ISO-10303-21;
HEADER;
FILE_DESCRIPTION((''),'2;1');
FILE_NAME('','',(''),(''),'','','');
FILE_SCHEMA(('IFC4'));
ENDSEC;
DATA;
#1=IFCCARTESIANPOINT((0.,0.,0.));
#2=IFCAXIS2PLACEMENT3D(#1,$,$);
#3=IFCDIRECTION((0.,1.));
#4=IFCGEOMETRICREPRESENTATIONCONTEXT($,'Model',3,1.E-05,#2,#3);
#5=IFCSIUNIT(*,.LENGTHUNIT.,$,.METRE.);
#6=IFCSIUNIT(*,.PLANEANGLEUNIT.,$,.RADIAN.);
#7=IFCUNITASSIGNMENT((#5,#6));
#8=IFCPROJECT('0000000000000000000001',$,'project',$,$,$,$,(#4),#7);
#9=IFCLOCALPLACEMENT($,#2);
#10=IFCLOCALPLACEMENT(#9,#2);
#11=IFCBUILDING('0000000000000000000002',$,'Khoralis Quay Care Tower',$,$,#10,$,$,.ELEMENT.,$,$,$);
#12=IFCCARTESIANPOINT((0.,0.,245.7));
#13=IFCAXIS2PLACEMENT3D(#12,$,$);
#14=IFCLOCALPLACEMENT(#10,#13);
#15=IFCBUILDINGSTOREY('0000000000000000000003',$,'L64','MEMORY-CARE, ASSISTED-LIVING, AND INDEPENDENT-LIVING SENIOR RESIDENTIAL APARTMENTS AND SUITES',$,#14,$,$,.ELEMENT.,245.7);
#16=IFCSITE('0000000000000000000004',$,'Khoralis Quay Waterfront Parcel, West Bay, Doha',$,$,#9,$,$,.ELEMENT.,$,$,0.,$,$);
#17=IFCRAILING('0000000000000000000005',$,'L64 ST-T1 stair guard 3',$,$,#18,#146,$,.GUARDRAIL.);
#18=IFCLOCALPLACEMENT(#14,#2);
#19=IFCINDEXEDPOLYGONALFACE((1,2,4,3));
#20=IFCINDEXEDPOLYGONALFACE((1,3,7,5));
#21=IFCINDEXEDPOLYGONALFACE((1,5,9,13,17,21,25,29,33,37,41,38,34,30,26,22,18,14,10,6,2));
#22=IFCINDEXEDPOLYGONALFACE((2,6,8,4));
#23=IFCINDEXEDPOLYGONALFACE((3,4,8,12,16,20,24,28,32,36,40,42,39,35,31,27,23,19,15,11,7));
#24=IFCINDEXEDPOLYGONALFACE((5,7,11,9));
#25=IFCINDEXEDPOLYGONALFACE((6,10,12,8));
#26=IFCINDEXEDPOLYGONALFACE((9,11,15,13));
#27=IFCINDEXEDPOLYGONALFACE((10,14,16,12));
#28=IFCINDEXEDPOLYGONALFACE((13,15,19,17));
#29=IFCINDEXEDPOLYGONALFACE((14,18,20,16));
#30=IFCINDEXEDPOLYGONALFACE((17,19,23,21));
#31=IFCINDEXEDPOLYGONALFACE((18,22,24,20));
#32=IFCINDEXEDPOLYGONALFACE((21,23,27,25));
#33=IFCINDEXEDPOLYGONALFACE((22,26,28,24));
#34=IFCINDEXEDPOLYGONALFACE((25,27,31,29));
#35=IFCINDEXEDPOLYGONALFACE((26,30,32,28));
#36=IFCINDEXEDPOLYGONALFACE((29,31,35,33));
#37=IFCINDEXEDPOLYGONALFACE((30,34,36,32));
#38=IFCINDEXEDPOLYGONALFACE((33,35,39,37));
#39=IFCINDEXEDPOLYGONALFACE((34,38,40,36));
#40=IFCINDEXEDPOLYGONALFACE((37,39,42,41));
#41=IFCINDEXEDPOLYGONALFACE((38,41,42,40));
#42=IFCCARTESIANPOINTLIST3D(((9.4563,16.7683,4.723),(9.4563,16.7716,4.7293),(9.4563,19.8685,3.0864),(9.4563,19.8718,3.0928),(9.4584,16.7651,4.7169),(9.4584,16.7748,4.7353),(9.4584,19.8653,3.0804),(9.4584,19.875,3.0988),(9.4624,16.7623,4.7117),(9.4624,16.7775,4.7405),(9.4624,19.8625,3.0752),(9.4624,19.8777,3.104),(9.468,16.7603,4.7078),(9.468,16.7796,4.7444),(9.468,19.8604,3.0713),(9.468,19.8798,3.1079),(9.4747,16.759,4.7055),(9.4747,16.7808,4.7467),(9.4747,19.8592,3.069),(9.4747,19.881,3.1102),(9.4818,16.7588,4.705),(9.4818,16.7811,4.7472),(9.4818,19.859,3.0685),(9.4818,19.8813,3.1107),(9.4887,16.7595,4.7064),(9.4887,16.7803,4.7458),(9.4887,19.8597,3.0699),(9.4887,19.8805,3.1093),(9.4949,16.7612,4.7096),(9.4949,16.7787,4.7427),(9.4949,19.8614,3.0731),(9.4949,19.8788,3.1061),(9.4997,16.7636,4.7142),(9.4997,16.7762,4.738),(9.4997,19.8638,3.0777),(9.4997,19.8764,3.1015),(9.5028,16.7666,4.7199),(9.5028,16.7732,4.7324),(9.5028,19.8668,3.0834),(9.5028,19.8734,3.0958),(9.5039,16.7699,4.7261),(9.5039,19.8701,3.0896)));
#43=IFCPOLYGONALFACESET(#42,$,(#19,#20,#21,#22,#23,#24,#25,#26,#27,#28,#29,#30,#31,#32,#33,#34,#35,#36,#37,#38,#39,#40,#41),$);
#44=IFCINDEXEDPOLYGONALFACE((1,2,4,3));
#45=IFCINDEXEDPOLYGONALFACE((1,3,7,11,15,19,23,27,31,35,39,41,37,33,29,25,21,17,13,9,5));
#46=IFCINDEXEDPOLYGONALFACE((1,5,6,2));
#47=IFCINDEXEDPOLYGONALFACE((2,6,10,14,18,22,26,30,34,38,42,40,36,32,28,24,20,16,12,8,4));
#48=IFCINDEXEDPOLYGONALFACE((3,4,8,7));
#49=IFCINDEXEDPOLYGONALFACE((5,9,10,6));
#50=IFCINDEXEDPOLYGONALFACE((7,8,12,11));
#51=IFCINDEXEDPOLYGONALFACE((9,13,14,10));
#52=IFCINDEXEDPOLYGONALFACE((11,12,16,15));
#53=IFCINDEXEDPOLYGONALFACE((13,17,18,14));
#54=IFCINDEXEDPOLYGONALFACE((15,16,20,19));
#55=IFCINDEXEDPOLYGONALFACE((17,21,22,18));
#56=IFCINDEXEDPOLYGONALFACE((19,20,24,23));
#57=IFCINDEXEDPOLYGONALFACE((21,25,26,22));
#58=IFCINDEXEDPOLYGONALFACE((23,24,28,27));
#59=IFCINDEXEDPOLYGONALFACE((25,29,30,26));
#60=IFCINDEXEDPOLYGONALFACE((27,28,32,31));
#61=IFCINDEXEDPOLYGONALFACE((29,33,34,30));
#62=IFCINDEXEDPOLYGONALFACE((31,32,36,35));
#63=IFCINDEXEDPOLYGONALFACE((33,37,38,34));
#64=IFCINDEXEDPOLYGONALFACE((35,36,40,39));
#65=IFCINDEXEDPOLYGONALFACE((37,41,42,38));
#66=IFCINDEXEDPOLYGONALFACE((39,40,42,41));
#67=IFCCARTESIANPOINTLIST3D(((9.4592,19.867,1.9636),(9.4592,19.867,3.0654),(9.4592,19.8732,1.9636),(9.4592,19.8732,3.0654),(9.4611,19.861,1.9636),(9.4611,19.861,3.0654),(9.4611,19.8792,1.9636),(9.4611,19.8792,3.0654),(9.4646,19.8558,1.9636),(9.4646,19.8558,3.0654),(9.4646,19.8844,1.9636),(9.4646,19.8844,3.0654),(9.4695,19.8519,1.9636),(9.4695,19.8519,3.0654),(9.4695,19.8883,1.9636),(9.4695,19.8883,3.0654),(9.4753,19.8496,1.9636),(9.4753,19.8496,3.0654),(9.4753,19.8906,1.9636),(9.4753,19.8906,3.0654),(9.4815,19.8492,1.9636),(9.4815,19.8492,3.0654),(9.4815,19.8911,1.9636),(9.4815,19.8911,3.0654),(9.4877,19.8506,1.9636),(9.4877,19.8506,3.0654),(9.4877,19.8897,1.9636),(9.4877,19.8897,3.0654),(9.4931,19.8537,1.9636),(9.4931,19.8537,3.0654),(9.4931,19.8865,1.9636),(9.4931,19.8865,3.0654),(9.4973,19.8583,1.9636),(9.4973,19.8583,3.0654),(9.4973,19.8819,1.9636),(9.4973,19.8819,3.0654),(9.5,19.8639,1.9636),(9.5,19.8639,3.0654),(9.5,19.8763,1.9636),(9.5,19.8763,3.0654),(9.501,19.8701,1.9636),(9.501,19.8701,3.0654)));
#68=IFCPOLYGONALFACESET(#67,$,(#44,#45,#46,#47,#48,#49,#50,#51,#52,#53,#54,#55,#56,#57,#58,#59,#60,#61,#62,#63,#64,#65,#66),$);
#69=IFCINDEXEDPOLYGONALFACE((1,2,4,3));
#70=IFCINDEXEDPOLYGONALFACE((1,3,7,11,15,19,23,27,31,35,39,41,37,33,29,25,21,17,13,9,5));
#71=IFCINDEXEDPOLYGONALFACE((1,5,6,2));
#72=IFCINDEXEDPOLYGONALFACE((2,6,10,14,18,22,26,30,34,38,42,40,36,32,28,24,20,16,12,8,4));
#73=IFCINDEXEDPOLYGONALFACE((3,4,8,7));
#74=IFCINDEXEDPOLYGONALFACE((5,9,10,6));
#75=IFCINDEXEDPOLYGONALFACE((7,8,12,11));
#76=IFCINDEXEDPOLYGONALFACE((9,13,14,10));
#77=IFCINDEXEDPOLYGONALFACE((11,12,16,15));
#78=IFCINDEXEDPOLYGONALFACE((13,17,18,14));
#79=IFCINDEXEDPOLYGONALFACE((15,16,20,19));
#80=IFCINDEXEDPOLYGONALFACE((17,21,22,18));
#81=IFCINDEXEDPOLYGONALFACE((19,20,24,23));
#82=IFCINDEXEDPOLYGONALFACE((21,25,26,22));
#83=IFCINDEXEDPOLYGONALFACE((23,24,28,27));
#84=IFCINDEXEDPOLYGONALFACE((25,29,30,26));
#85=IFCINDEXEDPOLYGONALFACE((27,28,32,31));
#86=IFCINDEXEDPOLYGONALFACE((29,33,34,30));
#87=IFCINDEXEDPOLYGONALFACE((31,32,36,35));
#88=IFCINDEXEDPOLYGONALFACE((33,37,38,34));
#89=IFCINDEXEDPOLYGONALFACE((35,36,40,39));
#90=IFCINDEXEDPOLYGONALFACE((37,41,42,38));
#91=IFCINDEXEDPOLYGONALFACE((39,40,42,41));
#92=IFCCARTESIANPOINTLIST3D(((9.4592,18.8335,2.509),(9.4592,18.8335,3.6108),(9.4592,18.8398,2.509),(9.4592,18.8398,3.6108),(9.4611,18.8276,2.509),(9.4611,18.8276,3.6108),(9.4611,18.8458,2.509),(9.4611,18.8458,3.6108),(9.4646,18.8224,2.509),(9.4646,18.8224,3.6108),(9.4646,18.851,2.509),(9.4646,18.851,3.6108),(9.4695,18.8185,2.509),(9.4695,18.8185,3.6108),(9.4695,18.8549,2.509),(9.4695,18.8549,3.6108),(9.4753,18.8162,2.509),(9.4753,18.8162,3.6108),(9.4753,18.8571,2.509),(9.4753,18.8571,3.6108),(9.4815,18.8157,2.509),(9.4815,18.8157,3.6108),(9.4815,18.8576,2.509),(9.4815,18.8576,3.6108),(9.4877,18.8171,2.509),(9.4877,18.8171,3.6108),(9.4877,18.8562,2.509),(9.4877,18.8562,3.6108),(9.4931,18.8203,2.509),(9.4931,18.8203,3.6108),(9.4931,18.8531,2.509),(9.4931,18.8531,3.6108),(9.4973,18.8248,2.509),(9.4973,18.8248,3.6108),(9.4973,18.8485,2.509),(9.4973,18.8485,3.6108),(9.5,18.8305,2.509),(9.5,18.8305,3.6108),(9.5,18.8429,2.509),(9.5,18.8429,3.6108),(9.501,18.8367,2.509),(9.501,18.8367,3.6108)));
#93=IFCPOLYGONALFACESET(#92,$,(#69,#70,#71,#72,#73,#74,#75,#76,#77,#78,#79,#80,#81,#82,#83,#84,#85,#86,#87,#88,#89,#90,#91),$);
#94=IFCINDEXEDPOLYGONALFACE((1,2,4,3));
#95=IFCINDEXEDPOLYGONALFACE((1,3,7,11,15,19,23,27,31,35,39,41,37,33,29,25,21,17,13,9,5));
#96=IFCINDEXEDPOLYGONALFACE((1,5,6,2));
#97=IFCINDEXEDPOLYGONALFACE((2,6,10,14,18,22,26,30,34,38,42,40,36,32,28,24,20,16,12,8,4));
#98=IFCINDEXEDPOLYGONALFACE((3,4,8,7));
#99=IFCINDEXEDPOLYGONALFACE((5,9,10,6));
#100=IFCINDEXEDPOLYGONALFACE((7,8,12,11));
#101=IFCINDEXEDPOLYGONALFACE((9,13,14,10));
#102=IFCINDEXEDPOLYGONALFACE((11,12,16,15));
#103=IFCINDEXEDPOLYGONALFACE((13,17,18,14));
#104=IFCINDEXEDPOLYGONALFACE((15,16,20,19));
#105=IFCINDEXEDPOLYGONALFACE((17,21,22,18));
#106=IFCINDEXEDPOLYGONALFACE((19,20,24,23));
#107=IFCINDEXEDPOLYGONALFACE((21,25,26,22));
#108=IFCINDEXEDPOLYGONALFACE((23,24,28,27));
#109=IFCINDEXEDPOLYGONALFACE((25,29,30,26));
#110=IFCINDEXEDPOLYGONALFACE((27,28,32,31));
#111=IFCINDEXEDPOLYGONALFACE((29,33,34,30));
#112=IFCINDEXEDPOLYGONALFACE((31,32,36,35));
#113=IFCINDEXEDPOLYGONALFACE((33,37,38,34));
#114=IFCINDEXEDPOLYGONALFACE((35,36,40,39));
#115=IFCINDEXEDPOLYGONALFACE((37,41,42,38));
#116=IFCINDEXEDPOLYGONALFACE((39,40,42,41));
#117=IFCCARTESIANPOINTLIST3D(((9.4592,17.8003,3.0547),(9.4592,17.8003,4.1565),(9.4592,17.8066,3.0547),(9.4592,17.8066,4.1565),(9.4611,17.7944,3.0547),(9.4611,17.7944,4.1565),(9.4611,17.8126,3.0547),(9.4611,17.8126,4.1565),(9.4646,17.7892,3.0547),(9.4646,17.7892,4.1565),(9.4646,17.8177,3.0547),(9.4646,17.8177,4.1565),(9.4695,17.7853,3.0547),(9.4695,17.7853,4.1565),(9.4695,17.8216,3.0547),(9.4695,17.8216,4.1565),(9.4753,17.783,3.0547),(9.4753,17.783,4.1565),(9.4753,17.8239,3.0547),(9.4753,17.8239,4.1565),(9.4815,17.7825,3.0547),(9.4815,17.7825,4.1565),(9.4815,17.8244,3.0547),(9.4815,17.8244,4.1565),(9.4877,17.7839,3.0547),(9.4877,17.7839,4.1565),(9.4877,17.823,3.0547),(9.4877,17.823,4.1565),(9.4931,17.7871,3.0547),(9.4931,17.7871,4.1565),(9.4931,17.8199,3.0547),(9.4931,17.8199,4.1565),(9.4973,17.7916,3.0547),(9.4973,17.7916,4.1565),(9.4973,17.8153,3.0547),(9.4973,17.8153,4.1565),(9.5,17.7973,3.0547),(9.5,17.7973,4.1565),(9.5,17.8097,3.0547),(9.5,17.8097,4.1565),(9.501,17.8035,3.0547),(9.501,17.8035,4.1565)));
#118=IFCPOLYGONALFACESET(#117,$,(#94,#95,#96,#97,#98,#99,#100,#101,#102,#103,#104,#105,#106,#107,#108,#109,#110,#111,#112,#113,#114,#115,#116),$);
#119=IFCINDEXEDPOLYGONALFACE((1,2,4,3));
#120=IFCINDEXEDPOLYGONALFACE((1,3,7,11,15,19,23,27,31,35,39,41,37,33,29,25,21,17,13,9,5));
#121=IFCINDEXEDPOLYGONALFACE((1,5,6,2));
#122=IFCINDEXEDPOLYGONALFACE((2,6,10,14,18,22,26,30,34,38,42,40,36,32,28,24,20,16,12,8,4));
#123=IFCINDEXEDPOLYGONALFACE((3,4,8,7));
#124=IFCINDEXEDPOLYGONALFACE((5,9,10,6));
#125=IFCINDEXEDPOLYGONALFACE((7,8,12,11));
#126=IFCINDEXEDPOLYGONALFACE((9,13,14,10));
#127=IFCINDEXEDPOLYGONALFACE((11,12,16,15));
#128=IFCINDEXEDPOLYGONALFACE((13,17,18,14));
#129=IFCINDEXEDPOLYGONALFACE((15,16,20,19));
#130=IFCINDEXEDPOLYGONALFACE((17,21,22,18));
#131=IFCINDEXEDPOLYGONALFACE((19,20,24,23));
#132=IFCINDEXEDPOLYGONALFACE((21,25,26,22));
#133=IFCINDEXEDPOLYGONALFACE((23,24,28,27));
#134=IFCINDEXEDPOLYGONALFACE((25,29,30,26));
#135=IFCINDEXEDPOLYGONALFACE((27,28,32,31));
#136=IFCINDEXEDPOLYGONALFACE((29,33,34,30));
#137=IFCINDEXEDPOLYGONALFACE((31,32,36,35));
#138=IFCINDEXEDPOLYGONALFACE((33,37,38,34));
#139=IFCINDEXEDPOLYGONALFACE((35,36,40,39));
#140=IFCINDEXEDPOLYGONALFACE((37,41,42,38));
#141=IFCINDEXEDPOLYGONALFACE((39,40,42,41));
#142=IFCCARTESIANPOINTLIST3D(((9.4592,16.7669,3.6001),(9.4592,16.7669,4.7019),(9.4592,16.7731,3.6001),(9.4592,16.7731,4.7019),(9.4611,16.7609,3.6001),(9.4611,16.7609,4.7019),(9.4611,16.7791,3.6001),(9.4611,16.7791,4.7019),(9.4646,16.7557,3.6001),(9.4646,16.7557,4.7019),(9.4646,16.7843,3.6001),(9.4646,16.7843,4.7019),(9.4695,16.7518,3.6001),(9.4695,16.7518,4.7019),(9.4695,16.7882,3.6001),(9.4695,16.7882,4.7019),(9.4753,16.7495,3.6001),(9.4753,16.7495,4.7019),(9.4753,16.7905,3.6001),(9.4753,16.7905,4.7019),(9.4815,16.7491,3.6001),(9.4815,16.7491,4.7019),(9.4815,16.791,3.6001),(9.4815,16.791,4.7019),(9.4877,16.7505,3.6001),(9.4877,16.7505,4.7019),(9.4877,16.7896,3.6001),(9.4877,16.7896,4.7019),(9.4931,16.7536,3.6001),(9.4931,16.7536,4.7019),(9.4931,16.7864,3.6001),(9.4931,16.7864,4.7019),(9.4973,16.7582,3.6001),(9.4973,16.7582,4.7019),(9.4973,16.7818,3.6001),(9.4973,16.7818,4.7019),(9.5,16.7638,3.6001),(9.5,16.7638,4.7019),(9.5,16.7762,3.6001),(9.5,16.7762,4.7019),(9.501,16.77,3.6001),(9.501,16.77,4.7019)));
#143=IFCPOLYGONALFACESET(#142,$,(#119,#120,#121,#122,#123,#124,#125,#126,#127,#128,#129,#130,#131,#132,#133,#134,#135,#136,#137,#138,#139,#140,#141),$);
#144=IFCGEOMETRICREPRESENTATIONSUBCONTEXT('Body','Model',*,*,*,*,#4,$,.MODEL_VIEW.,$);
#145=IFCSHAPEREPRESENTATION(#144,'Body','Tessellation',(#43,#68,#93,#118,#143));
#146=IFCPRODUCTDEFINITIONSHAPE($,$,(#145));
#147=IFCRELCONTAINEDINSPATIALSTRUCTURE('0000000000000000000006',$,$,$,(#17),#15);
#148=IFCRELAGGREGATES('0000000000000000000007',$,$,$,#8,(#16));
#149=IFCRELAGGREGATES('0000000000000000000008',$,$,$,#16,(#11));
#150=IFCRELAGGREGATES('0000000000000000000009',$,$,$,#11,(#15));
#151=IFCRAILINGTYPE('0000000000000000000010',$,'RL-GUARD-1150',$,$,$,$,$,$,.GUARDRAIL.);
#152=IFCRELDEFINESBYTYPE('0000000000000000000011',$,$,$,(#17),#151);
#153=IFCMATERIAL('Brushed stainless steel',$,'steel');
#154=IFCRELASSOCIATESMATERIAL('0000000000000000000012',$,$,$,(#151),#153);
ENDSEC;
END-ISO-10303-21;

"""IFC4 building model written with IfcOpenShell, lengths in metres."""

from ifc_helpers import new_model, si_unit, direction, frame, origin, origin_2d, place, context, subcontext, project, spatial, circle, extrude, material, type_object, element, save


model = new_model("IFC4")

# Units and contexts
model_context = context("Model", 3, precision=1e-05, world=origin(), true_north=direction((0.0, 1.0)))
body_context = subcontext(model_context, "Body", "Model", "MODEL_VIEW")
ifc_project = project(units=[si_unit("LENGTHUNIT", "METRE"), si_unit("PLANEANGLEUNIT", "RADIAN")], contexts=[model_context])

# Site, building, storey
site_placement = place(None, origin())
site = spatial("IfcSite", under=ifc_project, at=site_placement, Name="Khoralis Quay Waterfront Parcel, West Bay, Doha", CompositionType="ELEMENT", RefElevation=0.0)
building_placement = place(site_placement, origin())
building = spatial("IfcBuilding", under=site, at=building_placement, Name="Khoralis Quay Care Tower", CompositionType="ELEMENT")
storey_placement = place(building_placement, frame((0.0, 0.0, 245.7)))
storey = spatial("IfcBuildingStorey", under=building, at=storey_placement, Name="L64", Description="MEMORY-CARE, ASSISTED-LIVING, AND INDEPENDENT-LIVING SENIOR RESIDENTIAL APARTMENTS AND SUITES", CompositionType="ELEMENT", Elevation=245.7)

# Shared definitions
ifc_material_1 = material(Name="Brushed stainless steel", Category="steel")

# Railing
railing_type_1 = type_object("IfcRailingType", Name="RL-GUARD-1150", PredefinedType="GUARDRAIL", material=ifc_material_1)
railing_1_placement = place(storey_placement, frame((9.48, 19.8701, 1.9636)))
element("IfcRailing", 1, at=railing_1_placement, inside=storey, type_object=railing_type_1, Name="L64 ST-T1 stair guard 3", PredefinedType="GUARDRAIL", context=body_context, shape_type="SweptSolid", body=[
    extrude(circle(Radius=0.0239, at=origin_2d()), frame((0.0, 0.0, 1.126), z_axis=(0.0, -0.884348, 0.466828), x_axis=(1.0, 0.0, 0.0)), (0.0, 0.0, 1.0), 3.5056),
    extrude(circle(Radius=0.021, at=origin_2d()), origin(), (0.0, 0.0, 1.0), 1.1018),
    extrude(circle(Radius=0.021, at=origin_2d()), frame((0.0, -1.0334, 0.5454)), (0.0, 0.0, 1.0), 1.1018),
    extrude(circle(Radius=0.021, at=origin_2d()), frame((0.0, -2.0667, 1.0911)), (0.0, 0.0, 1.0), 1.1018),
    extrude(circle(Radius=0.021, at=origin_2d()), frame((0.0, -3.1001, 1.6365)), (0.0, 0.0, 1.0), 1.1018),
])

save(model, "model.ifc")
